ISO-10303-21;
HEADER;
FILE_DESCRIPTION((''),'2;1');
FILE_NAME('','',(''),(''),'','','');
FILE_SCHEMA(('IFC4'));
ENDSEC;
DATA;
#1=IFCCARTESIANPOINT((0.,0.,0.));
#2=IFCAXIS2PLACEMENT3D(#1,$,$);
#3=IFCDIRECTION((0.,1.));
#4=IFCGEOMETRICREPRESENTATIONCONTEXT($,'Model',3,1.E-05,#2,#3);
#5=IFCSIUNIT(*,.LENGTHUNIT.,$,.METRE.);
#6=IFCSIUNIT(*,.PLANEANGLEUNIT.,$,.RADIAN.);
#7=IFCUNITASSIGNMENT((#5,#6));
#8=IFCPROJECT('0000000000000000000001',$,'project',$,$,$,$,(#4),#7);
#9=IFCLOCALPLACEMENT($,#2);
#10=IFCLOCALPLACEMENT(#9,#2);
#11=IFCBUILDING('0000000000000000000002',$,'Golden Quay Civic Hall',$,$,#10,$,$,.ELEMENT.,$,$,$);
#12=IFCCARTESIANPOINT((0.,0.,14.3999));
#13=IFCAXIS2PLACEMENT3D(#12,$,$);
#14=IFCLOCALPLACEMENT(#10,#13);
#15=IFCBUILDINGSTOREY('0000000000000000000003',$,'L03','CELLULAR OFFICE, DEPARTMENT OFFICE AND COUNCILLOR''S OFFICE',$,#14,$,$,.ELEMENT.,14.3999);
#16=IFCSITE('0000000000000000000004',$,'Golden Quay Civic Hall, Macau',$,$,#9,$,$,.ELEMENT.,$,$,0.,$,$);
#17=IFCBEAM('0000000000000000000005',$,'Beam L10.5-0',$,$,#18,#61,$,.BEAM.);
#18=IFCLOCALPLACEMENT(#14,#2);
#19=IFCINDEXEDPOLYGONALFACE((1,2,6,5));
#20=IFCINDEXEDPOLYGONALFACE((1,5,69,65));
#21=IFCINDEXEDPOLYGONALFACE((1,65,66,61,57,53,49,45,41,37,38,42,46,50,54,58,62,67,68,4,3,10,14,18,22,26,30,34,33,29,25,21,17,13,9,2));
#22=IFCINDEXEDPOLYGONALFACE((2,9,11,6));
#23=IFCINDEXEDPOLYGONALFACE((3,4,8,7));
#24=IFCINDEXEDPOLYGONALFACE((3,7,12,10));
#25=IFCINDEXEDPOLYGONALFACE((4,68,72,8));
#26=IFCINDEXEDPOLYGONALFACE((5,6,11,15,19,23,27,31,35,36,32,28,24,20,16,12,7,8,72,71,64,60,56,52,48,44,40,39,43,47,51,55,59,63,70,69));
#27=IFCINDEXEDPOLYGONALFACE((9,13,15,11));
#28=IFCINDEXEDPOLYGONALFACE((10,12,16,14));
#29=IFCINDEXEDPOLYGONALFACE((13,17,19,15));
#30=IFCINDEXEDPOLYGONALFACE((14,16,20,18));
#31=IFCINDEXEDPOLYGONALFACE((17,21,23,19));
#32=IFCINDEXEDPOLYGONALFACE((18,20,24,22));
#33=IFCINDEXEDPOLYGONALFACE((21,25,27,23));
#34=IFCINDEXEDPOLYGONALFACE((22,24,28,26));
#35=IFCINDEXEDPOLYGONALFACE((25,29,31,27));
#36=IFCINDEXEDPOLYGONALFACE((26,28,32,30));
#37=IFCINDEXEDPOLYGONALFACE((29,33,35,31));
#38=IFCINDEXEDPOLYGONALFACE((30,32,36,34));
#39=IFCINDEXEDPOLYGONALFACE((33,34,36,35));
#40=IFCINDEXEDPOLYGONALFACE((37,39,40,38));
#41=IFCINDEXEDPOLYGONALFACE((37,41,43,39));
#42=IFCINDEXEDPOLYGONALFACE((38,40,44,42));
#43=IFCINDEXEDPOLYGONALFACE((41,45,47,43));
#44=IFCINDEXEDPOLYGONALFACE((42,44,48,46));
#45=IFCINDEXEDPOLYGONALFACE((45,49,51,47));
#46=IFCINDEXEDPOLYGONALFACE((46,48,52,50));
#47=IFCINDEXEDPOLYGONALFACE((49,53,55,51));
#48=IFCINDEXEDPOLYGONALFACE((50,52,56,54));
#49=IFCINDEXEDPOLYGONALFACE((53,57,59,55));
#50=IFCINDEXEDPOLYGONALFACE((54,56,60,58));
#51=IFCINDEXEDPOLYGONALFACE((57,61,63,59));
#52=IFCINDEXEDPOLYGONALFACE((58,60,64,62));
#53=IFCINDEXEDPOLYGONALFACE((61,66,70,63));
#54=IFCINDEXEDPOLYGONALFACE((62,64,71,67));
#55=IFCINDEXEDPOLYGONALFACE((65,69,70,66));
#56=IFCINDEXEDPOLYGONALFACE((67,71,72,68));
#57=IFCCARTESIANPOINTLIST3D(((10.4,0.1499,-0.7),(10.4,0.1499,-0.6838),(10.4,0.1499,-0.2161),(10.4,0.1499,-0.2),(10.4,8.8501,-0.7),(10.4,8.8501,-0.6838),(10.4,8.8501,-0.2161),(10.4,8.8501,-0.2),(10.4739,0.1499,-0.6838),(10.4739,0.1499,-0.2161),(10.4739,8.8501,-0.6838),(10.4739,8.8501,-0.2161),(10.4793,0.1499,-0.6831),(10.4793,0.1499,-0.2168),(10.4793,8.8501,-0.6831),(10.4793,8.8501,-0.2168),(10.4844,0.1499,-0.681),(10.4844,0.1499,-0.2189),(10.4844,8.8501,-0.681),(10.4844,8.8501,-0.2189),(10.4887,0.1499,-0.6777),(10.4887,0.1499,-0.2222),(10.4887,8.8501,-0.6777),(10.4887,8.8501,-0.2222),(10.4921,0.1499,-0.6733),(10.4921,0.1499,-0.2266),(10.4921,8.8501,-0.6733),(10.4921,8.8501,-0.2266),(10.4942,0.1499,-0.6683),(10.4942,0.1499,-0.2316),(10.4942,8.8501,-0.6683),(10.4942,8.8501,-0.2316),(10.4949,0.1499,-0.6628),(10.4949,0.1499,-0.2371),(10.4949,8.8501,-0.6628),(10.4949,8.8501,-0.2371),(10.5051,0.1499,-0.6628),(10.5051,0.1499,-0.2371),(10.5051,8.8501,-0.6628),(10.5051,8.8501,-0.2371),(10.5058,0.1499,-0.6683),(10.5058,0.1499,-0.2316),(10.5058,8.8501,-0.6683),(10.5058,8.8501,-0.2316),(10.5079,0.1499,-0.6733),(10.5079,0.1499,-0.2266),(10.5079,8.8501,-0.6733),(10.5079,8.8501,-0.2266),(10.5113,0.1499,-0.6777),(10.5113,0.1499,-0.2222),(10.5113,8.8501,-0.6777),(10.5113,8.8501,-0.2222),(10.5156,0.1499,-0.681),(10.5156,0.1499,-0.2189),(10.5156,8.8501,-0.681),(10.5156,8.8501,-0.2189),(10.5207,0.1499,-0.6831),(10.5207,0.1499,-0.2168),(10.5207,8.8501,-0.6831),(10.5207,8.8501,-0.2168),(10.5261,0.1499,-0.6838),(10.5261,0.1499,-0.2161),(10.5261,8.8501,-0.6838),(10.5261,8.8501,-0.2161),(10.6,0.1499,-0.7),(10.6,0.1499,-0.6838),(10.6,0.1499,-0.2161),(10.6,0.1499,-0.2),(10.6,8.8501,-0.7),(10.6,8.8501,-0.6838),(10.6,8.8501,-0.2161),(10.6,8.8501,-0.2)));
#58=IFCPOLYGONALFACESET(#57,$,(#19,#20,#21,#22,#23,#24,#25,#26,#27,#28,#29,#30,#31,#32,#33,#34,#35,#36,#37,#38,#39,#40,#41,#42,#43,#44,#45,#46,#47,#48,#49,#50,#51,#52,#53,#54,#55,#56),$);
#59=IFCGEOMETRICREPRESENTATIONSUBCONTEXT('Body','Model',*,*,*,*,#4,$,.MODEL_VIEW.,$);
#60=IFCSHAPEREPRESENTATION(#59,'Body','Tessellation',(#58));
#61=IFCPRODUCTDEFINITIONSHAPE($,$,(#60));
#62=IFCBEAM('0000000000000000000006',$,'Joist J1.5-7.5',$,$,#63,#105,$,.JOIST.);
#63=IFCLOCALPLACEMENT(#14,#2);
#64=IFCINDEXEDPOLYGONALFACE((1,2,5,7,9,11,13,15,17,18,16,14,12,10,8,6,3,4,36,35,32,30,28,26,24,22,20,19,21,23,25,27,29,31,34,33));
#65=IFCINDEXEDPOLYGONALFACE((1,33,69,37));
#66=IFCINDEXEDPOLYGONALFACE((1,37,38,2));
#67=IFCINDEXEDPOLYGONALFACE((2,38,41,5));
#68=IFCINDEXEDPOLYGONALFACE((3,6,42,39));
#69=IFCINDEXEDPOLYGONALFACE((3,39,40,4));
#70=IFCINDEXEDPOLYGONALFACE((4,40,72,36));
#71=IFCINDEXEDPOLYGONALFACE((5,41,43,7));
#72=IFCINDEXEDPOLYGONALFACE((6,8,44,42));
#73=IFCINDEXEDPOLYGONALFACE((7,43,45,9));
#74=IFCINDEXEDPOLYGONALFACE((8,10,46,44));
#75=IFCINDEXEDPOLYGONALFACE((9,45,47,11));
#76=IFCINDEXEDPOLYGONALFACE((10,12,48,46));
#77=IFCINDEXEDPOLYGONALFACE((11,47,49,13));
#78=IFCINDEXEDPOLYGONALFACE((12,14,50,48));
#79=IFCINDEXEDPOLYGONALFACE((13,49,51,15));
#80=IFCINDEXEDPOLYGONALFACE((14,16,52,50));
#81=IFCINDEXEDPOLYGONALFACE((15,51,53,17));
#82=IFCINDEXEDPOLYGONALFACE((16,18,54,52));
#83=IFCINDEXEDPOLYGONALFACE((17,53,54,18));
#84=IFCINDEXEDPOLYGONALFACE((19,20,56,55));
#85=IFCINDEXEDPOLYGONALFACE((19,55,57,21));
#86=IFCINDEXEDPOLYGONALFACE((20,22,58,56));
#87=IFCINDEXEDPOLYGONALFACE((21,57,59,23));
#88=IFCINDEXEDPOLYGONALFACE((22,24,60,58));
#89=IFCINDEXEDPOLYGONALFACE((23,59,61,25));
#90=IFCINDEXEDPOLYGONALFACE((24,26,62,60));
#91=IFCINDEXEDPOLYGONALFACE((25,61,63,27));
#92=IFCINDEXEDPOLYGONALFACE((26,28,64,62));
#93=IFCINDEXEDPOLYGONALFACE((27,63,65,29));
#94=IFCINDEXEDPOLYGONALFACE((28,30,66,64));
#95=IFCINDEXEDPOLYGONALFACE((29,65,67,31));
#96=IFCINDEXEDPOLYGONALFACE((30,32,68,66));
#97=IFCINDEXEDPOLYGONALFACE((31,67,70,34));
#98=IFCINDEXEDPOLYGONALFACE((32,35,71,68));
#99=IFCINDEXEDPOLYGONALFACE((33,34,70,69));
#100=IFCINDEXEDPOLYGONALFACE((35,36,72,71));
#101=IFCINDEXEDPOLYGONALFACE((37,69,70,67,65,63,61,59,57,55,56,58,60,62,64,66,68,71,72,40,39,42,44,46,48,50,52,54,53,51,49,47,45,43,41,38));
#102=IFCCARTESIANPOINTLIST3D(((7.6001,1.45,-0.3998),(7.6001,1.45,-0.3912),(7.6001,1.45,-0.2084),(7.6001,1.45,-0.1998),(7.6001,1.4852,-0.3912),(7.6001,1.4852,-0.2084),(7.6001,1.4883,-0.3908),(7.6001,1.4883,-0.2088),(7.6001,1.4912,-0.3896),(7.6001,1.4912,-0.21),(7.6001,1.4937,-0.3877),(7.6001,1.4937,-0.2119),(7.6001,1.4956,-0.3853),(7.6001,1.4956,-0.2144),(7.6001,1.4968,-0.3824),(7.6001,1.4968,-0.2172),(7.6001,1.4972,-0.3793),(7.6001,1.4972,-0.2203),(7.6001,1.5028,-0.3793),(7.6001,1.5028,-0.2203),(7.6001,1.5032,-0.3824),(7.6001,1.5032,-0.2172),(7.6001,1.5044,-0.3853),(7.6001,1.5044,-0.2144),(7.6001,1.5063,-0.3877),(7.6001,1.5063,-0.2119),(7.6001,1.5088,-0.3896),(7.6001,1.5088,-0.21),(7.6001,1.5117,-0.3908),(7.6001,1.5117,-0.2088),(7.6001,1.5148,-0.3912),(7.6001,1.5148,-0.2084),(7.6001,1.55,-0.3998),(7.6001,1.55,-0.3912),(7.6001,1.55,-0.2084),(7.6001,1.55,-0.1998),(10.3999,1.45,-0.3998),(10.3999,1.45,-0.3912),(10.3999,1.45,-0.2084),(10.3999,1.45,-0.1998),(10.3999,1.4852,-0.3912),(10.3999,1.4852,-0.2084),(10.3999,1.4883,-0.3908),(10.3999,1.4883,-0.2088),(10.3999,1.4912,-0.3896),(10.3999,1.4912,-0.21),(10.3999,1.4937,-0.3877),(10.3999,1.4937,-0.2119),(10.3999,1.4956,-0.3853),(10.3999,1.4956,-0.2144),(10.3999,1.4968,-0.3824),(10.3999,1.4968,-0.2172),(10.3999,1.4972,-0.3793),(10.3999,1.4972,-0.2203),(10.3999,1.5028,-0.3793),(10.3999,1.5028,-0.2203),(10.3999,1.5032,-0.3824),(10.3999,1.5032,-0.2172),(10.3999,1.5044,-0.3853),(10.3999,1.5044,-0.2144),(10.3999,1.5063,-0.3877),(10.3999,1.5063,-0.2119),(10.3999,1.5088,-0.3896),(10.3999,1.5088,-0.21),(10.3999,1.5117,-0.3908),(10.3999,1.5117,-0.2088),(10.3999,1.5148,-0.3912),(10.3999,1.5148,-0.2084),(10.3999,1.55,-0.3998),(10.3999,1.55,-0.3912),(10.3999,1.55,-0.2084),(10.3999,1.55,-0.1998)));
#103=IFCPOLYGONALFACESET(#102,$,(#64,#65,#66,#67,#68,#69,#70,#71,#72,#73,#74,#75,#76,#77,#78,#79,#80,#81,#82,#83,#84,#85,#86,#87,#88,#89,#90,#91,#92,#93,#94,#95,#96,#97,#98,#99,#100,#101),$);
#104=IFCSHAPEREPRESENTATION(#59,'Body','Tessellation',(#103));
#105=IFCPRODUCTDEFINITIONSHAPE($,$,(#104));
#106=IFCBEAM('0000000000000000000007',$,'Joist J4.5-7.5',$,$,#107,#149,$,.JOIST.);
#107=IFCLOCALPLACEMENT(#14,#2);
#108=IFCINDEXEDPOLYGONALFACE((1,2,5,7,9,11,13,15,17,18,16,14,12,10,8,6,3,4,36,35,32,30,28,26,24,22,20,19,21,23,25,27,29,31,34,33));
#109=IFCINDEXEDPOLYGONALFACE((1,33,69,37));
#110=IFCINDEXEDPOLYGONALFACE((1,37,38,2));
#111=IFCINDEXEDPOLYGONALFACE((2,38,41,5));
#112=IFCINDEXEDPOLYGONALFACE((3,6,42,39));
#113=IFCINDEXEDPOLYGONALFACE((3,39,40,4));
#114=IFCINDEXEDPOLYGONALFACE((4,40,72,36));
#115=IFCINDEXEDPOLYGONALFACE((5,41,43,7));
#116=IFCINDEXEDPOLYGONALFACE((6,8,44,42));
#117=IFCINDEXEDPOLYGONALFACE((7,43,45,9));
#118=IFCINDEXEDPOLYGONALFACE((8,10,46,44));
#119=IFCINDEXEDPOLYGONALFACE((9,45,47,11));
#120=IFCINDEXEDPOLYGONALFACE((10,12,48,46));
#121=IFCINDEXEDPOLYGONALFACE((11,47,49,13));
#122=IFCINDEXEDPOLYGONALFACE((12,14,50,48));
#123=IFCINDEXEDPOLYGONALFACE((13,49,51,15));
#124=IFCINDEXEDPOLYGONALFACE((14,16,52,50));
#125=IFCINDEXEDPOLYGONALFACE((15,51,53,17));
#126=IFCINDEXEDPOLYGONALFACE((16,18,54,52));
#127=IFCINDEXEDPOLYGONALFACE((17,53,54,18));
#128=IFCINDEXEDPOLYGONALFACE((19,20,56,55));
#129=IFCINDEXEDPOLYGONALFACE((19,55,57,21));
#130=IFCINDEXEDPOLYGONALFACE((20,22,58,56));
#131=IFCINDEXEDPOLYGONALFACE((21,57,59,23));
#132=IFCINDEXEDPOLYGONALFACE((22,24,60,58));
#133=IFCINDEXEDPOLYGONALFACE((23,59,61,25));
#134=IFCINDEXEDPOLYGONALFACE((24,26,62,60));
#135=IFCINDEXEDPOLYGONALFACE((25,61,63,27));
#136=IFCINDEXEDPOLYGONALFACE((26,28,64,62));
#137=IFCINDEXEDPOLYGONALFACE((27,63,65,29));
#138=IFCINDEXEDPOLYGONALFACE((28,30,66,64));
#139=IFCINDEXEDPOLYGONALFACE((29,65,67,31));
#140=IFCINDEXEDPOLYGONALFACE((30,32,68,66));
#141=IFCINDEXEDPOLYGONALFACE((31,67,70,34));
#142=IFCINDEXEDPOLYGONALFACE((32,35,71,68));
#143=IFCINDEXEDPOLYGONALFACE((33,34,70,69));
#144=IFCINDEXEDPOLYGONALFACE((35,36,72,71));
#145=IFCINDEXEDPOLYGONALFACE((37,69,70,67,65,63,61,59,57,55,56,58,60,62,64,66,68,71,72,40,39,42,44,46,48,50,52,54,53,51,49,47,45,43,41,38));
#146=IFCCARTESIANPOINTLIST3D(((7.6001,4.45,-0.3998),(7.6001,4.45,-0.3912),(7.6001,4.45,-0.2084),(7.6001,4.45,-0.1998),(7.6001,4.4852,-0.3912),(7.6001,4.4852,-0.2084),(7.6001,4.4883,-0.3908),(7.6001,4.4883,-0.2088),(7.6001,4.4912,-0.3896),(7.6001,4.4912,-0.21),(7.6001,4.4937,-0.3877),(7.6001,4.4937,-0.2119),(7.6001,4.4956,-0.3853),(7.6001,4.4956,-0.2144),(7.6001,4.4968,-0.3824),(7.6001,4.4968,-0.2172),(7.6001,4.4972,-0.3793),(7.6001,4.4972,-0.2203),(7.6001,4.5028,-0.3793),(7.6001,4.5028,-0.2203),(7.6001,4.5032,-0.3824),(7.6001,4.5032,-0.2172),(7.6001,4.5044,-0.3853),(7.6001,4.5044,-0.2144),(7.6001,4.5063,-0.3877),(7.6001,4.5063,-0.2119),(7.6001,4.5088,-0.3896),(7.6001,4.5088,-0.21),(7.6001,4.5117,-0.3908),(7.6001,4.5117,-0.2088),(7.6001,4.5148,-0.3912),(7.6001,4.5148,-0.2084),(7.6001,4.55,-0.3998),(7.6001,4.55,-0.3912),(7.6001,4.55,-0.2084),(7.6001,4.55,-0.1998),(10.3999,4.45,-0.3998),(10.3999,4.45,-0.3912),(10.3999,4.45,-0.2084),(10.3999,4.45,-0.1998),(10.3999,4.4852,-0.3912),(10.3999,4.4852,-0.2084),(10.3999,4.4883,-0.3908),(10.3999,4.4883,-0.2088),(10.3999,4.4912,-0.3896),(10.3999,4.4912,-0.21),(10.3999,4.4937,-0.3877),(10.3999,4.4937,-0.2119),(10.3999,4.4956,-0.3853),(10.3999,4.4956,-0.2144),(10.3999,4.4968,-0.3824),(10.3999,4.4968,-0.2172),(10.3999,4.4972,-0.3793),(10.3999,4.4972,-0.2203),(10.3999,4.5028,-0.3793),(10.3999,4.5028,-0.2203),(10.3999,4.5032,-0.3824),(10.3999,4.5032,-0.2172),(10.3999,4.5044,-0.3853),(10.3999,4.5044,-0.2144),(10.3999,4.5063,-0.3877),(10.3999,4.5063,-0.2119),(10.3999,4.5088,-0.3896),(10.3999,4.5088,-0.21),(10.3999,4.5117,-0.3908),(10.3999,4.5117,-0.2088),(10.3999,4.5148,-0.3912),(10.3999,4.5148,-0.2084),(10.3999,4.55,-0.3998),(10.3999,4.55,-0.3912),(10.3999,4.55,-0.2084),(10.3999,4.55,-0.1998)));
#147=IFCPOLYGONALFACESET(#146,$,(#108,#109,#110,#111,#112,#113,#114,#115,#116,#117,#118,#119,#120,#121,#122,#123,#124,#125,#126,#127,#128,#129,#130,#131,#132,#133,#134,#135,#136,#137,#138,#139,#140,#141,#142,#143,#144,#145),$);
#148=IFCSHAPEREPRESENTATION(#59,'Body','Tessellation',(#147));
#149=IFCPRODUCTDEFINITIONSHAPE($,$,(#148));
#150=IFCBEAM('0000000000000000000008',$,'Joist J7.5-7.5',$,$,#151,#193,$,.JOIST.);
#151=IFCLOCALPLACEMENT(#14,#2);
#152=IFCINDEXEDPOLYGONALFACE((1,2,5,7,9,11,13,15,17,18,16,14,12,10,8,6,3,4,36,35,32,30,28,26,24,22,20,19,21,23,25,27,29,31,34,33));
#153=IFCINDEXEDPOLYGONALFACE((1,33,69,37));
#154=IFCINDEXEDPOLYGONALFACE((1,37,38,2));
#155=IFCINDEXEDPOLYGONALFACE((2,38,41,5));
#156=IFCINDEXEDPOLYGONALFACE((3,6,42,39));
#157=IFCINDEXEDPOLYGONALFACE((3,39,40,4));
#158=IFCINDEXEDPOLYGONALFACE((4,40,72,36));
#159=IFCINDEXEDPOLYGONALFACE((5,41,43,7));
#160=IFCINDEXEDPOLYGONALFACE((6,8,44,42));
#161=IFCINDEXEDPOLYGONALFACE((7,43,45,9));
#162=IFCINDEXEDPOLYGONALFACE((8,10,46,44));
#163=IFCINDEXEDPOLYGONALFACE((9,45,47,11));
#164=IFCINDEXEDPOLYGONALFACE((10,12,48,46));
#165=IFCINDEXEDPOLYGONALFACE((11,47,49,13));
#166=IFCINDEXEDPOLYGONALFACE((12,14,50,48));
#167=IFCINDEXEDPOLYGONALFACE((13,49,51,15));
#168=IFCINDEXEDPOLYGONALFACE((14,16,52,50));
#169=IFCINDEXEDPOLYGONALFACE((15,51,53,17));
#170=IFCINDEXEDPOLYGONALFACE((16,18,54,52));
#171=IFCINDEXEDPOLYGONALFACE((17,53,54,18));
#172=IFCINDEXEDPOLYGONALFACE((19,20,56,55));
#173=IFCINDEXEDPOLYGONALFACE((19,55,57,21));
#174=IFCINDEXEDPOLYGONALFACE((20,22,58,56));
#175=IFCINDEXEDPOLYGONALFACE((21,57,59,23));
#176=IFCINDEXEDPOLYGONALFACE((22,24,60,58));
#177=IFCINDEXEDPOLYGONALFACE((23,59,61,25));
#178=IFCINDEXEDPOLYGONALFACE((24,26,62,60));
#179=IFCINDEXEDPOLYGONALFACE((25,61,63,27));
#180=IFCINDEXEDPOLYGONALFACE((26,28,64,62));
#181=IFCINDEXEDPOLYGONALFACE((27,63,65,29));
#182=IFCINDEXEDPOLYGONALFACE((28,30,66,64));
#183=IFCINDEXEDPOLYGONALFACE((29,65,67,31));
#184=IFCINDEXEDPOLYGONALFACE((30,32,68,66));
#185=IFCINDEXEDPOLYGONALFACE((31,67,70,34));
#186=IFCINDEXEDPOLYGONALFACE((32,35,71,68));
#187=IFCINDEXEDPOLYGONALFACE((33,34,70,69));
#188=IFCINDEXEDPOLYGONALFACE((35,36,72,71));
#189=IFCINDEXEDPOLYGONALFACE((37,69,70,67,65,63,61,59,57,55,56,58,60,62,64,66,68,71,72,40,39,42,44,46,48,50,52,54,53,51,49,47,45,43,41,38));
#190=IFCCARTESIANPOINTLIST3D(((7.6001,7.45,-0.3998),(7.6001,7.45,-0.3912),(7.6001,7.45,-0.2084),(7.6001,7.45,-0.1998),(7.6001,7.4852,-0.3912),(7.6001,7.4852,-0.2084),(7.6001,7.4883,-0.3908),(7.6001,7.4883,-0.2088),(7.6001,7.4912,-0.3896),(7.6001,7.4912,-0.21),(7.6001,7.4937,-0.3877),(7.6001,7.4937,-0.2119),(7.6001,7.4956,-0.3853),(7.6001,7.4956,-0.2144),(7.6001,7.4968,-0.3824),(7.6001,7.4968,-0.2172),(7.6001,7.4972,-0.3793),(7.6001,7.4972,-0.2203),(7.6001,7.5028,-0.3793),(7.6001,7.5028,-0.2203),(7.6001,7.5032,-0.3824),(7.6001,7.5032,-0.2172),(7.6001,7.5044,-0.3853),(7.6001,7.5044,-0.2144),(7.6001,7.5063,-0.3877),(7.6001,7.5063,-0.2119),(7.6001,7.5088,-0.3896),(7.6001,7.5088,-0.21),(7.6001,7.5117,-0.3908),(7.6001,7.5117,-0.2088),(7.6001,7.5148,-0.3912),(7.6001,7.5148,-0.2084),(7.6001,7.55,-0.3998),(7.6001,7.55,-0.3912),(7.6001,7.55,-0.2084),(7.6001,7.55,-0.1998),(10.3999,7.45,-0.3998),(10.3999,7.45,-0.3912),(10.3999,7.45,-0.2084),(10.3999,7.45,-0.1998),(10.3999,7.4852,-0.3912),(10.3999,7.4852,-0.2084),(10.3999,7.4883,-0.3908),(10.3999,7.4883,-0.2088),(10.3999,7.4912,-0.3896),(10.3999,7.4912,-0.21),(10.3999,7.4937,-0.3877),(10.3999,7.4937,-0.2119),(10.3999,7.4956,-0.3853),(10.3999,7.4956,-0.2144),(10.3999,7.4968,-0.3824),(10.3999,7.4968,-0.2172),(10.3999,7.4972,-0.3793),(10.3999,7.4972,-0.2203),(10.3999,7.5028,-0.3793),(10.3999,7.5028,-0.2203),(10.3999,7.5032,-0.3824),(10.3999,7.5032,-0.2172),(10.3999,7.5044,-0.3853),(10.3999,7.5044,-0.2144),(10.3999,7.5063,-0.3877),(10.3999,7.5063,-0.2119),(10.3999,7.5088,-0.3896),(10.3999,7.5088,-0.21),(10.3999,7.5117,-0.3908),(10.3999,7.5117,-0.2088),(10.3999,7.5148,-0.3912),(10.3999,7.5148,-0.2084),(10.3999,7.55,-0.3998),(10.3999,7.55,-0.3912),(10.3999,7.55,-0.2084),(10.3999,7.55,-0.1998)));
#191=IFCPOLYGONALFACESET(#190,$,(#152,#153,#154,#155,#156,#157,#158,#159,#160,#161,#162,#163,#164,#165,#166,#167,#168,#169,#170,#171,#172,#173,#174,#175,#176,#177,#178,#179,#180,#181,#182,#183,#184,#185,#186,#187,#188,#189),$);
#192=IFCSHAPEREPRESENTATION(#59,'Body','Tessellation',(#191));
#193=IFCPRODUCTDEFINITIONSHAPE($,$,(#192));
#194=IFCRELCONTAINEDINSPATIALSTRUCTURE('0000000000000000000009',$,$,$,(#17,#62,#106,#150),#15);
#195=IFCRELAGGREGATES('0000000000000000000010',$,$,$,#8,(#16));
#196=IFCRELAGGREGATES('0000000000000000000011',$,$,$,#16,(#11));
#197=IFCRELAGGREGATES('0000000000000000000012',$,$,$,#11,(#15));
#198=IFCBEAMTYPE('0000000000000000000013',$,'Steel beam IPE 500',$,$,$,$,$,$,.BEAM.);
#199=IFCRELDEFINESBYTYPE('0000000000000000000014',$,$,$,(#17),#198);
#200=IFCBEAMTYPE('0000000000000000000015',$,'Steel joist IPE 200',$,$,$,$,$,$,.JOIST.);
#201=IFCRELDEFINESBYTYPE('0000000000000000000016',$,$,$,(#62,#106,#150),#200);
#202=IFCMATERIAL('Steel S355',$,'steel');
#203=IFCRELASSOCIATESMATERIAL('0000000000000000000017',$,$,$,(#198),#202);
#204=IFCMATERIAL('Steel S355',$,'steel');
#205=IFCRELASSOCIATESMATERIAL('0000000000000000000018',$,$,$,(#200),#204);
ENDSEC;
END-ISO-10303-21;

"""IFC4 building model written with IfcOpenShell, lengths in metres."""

from ifc_helpers import new_model, si_unit, direction, frame, origin, origin_2d, place, context, subcontext, project, spatial, i_section, extrude, material, material_profile, profile_set, type_object, element, save


model = new_model("IFC4")

# Units and contexts
model_context = context("Model", 3, precision=1e-05, world=origin(), true_north=direction((0.0, 1.0)))
body_context = subcontext(model_context, "Body", "Model", "MODEL_VIEW")
ifc_project = project(units=[si_unit("LENGTHUNIT", "METRE"), si_unit("PLANEANGLEUNIT", "RADIAN")], contexts=[model_context])

# Site, building, storey
site_placement = place(None, origin())
site = spatial("IfcSite", under=ifc_project, at=site_placement, Name="Golden Quay Civic Hall, Macau", CompositionType="ELEMENT", RefElevation=0.0)
building_placement = place(site_placement, origin())
building = spatial("IfcBuilding", under=site, at=building_placement, Name="Golden Quay Civic Hall", CompositionType="ELEMENT")
storey_placement = place(building_placement, frame((0.0, 0.0, 14.3999)))
storey = spatial("IfcBuildingStorey", under=building, at=storey_placement, Name="L03", Description="CELLULAR OFFICE, DEPARTMENT OFFICE AND COUNCILLOR'S OFFICE", CompositionType="ELEMENT", Elevation=14.3999)

# Beams
ifc_material_1 = material(Name="Steel S355", Category="steel")
ifc_material_profile_1 = material_profile(ifc_material_1, i_section(OverallWidth=0.2, OverallDepth=0.5, WebThickness=0.0103, FlangeThickness=0.0161, FilletRadius=0.021, at=origin_2d()), Name="IPE 500")
ifc_profile_set_1 = profile_set([ifc_material_profile_1], Name="Steel S355")
beam_type_1 = type_object("IfcBeamType", Name="Steel beam IPE 500", PredefinedType="BEAM", material=ifc_profile_set_1)
for number, where, z_axis, x_axis, name in (
    (1, (10.5, 0.1499, -0.45), (0.0, 1.0, 0.0), (-1.0, 0.0, 0.0), "Beam L10.5-0"),
):
    element("IfcBeam", number, at=place(storey_placement, frame(where, z_axis=z_axis, x_axis=x_axis)), inside=storey, type_object=beam_type_1, Name=name, PredefinedType="BEAM", context=body_context, shape_type="SweptSolid", body=[
        extrude(i_section(OverallWidth=0.2, OverallDepth=0.5, WebThickness=0.0103, FlangeThickness=0.0161, FilletRadius=0.021, at=origin_2d()), origin(), (0.0, 0.0, 1.0), 8.7002),
    ])
ifc_material_2 = material(Name="Steel S355", Category="steel")
ifc_material_profile_2 = material_profile(ifc_material_2, i_section(OverallWidth=0.1001, OverallDepth=0.2, WebThickness=0.0056, FlangeThickness=0.0085, FilletRadius=0.012, at=origin_2d()), Name="IPE 200")
ifc_profile_set_2 = profile_set([ifc_material_profile_2], Name="Steel S355")
beam_type_2 = type_object("IfcBeamType", Name="Steel joist IPE 200", PredefinedType="JOIST", material=ifc_profile_set_2)
for number, where, z_axis, x_axis, name in (
    (2, (7.6001, 1.5, -0.2998), (1.0, 0.0, 0.0), (0.0, 1.0, 0.0), "Joist J1.5-7.5"),
    (3, (7.6001, 4.5, -0.2998), (1.0, 0.0, 0.0), (0.0, 1.0, 0.0), "Joist J4.5-7.5"),
    (4, (7.6001, 7.5, -0.2998), (1.0, 0.0, 0.0), (0.0, 1.0, 0.0), "Joist J7.5-7.5"),
):
    element("IfcBeam", number, at=place(storey_placement, frame(where, z_axis=z_axis, x_axis=x_axis)), inside=storey, type_object=beam_type_2, Name=name, PredefinedType="JOIST", context=body_context, shape_type="SweptSolid", body=[
        extrude(i_section(OverallWidth=0.1001, OverallDepth=0.2, WebThickness=0.0056, FlangeThickness=0.0085, FilletRadius=0.012, at=origin_2d()), origin(), (0.0, 0.0, 1.0), 2.7998),
    ])

save(model, "model.ifc")
